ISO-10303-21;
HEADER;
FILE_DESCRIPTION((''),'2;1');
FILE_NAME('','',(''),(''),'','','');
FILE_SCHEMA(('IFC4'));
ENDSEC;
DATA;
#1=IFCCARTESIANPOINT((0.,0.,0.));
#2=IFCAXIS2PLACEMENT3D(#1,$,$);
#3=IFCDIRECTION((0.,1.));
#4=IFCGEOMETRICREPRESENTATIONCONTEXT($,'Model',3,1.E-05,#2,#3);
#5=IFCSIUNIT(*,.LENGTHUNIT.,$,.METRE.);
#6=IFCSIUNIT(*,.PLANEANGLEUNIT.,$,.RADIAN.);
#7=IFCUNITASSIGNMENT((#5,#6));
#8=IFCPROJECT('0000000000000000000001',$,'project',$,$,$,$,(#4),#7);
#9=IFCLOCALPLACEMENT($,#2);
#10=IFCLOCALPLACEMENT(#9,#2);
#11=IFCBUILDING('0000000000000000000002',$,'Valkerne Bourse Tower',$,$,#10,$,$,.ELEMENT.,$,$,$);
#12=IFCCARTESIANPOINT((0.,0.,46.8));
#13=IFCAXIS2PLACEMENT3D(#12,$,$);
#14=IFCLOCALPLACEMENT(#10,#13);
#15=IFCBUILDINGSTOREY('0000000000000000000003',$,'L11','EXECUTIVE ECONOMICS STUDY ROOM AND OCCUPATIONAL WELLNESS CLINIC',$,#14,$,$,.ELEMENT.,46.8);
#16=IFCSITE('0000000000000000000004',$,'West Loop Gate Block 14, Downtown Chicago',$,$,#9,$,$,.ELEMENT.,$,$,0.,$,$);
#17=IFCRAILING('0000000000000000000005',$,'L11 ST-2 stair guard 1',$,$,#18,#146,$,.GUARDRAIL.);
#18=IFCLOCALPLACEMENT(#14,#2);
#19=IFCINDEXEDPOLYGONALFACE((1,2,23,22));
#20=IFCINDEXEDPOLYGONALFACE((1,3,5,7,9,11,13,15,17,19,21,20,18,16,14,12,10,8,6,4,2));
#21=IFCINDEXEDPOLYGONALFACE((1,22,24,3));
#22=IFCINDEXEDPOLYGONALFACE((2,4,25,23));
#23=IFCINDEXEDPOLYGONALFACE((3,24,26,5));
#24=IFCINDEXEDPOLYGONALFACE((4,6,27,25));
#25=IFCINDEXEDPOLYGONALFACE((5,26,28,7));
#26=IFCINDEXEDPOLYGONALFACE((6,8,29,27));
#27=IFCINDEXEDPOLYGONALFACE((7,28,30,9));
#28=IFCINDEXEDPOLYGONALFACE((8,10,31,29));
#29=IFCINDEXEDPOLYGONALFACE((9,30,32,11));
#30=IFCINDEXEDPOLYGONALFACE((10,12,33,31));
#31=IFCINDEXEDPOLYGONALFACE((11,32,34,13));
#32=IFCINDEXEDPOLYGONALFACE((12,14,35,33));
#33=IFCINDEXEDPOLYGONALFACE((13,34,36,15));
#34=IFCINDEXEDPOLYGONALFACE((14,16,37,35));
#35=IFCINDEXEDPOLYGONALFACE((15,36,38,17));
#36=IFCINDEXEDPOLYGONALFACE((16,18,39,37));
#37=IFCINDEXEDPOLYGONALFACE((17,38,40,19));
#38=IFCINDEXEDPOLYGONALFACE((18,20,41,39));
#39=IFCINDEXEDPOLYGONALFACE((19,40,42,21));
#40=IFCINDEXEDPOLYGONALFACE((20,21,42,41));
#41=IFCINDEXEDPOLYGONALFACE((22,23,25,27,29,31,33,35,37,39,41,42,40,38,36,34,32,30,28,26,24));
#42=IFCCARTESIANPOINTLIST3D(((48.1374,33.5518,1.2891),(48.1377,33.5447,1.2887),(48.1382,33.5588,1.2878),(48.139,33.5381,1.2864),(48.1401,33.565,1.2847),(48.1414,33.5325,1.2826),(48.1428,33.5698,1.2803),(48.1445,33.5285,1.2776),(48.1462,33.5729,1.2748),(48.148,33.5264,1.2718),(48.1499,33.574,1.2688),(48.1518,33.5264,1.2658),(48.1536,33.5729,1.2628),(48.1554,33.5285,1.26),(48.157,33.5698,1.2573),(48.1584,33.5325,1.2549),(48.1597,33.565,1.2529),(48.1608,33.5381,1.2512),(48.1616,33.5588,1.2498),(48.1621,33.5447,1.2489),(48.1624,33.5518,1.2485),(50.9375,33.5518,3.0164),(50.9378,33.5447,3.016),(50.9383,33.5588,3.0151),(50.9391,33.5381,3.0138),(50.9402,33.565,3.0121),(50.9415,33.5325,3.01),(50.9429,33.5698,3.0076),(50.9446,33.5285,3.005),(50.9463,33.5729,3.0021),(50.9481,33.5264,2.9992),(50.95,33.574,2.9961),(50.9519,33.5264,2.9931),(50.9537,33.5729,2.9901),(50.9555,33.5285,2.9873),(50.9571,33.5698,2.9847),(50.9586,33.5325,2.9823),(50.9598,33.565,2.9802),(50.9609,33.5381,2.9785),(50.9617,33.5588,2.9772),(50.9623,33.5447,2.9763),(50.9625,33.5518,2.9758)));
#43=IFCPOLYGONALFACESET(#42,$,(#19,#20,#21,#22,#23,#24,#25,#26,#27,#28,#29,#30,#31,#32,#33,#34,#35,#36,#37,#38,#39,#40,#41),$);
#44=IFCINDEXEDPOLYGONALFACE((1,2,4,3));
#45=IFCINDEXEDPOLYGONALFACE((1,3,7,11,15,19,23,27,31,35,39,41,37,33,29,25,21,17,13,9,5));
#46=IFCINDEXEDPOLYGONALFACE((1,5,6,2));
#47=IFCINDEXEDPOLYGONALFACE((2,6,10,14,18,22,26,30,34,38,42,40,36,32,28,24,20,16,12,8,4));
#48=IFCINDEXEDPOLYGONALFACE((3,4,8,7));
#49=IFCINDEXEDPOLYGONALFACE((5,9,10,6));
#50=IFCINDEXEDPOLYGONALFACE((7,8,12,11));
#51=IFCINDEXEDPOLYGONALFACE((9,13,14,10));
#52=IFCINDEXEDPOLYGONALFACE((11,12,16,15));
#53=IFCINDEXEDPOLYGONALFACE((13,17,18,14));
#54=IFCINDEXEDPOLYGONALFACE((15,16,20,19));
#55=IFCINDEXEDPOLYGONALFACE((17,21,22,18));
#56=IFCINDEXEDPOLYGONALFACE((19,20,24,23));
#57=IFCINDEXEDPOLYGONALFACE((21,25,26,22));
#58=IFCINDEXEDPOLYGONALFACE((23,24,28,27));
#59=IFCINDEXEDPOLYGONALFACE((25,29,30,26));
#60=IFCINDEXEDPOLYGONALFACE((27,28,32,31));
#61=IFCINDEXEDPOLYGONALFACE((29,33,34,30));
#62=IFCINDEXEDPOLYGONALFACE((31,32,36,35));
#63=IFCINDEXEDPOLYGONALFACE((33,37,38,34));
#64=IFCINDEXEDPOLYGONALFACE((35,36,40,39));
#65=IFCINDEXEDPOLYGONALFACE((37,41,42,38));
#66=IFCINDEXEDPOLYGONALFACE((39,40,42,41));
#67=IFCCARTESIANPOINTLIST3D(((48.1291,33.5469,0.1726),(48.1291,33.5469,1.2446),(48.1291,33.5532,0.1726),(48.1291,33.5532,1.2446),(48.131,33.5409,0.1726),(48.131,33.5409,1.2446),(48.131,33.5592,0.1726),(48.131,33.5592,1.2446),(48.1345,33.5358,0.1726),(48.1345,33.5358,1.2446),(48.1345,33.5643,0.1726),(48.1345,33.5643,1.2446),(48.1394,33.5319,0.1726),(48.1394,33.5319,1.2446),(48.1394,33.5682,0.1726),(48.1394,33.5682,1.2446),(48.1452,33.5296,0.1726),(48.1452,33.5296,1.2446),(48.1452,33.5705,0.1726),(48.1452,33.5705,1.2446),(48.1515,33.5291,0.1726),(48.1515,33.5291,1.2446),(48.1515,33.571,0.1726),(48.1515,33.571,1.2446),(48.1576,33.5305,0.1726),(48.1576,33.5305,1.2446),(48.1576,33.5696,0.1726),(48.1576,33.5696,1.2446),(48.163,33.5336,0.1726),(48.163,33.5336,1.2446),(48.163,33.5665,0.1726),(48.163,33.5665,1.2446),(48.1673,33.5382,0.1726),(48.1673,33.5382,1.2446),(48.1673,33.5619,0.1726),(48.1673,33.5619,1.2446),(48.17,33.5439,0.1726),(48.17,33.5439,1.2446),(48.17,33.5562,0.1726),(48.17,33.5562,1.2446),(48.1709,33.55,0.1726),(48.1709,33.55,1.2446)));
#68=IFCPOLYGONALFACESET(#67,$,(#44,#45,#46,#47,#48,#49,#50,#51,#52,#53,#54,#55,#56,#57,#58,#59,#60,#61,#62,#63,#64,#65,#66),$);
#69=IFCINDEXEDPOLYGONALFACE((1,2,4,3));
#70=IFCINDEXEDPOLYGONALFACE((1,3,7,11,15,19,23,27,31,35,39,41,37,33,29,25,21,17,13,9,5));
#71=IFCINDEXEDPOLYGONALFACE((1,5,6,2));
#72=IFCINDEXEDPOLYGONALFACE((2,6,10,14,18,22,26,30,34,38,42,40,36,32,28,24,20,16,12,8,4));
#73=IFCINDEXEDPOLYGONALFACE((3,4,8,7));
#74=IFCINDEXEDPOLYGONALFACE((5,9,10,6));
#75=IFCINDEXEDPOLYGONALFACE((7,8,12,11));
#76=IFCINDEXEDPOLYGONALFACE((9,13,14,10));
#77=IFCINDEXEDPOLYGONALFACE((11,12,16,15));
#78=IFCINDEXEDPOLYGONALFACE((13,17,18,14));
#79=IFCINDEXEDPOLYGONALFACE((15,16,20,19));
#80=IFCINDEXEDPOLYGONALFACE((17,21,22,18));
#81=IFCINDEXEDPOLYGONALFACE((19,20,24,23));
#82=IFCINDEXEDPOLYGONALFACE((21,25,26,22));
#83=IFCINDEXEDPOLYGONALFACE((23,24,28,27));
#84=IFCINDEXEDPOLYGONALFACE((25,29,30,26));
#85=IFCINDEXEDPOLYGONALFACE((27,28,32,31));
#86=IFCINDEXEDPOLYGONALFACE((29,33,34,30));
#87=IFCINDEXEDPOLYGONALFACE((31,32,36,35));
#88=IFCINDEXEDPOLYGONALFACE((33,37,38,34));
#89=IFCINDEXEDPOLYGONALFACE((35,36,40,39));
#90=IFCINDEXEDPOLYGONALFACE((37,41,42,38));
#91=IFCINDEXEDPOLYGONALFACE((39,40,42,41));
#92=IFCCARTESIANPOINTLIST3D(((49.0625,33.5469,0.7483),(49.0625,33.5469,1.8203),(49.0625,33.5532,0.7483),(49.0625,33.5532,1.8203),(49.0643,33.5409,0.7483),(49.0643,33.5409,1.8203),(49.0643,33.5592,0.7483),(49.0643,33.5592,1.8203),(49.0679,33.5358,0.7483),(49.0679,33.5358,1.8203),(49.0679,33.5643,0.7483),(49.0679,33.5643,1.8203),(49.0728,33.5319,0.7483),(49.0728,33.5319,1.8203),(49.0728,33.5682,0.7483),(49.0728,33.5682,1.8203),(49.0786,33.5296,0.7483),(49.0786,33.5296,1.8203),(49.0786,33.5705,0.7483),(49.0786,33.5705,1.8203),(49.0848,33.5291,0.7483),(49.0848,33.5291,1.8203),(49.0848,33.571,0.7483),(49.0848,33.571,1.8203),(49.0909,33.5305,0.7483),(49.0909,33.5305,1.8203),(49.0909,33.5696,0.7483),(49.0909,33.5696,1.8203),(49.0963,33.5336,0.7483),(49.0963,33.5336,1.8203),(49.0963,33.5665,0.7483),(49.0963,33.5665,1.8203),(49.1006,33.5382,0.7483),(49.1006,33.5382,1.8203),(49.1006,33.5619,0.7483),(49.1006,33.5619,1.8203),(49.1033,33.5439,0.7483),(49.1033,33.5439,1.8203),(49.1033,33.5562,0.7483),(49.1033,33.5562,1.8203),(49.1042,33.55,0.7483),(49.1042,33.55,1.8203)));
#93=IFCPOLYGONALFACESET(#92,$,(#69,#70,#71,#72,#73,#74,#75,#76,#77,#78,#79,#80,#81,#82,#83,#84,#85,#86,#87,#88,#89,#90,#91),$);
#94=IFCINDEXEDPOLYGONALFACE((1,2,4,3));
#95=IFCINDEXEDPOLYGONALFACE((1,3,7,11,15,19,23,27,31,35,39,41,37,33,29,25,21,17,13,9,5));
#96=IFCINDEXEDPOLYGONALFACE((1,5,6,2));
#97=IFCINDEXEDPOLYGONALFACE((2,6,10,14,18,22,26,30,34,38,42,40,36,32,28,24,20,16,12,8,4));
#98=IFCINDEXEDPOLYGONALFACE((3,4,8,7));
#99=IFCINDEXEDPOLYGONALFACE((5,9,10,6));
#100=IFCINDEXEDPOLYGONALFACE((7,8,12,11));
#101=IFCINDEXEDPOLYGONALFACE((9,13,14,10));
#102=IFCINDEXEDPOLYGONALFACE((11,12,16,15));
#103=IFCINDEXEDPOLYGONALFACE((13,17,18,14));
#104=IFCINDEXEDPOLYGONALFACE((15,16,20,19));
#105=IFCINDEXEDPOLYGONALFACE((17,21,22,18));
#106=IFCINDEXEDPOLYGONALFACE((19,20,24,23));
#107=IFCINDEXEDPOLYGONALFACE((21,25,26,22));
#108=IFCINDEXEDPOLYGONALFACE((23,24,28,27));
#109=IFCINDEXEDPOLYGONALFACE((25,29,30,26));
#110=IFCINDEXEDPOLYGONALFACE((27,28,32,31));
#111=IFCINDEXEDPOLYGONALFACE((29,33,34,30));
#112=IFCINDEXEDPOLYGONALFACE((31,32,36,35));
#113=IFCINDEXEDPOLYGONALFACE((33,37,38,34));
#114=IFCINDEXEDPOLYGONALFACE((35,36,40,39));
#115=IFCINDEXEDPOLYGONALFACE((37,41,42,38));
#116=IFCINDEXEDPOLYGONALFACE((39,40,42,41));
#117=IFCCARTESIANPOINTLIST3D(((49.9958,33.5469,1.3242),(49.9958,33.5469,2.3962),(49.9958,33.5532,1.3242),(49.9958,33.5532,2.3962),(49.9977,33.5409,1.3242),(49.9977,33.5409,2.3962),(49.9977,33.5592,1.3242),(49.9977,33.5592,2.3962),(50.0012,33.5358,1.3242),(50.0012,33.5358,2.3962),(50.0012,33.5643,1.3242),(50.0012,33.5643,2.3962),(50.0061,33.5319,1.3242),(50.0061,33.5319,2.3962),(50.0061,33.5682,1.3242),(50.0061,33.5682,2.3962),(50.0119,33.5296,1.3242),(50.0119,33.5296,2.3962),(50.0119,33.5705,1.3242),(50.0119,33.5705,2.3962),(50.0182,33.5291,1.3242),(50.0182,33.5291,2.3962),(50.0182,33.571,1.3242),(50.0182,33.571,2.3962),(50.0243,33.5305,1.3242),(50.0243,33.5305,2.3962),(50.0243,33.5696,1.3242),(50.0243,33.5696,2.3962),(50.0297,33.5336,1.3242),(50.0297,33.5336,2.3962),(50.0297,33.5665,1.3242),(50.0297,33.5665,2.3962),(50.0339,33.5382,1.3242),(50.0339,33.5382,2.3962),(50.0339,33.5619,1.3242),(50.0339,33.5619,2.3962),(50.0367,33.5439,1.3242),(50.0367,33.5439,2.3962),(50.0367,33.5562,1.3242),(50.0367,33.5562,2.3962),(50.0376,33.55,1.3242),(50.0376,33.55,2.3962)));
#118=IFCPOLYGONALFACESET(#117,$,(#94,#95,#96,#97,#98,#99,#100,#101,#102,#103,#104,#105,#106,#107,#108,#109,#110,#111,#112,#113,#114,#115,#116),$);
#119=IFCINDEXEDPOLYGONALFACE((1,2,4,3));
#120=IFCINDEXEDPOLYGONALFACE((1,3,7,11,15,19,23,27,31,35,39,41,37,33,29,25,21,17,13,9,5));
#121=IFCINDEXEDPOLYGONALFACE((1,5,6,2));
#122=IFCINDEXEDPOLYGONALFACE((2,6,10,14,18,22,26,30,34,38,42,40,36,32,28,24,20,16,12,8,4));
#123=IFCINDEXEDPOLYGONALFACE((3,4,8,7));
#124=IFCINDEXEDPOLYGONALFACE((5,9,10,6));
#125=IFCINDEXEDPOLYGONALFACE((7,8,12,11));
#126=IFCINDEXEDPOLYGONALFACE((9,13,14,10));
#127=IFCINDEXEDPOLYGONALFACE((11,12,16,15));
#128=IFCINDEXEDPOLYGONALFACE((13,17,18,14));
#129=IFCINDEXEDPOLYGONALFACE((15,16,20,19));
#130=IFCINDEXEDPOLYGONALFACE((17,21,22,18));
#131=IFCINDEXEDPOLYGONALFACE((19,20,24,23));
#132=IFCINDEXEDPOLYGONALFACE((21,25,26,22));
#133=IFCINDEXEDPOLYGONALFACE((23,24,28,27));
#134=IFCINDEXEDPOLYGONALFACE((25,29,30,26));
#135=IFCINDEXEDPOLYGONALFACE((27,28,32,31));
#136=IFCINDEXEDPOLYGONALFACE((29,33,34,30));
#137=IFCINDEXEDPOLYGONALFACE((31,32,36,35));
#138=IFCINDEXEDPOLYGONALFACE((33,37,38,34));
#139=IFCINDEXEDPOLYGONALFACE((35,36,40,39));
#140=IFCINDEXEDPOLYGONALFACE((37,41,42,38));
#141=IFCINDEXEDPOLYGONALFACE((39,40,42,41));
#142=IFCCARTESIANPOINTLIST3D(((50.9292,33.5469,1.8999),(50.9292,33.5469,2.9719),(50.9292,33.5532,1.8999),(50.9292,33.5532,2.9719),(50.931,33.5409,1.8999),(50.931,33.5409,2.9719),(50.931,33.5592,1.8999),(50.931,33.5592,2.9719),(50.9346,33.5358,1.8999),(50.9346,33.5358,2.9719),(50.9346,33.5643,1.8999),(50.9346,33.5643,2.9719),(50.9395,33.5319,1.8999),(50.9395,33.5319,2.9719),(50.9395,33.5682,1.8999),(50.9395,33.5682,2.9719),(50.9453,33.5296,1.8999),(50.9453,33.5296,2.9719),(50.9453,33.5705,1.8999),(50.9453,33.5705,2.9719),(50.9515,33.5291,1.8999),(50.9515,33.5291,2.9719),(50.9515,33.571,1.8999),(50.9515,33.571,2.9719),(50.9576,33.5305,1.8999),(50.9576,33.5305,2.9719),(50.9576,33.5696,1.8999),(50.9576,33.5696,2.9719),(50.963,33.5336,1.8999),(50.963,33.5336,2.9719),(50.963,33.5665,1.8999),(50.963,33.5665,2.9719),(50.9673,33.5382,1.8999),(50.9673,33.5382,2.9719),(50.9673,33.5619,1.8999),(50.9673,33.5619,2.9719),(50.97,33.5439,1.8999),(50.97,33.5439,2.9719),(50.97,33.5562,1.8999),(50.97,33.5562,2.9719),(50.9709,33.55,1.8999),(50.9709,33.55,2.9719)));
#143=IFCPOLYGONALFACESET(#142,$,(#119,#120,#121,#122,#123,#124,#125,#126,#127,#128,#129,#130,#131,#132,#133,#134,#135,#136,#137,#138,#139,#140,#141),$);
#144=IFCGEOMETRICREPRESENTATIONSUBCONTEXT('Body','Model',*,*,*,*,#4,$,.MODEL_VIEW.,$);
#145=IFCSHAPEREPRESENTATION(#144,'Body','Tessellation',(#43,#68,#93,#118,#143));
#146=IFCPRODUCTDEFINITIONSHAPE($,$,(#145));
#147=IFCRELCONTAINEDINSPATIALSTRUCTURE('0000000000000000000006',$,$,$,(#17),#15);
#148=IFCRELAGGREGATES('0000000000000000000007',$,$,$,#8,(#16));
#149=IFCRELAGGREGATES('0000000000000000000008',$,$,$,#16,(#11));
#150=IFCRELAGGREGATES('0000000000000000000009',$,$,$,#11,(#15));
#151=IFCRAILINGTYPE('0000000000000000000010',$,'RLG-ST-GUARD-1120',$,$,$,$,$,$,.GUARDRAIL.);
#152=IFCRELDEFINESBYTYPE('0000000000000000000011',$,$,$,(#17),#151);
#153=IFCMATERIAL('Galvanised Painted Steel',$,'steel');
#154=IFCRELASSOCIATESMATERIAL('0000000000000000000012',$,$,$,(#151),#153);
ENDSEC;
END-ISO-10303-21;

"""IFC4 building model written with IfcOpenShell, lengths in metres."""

from ifc_helpers import new_model, si_unit, direction, frame, origin, origin_2d, place, context, subcontext, project, spatial, circle, extrude, material, type_object, element, save


model = new_model("IFC4")

# Units and contexts
model_context = context("Model", 3, precision=1e-05, world=origin(), true_north=direction((0.0, 1.0)))
body_context = subcontext(model_context, "Body", "Model", "MODEL_VIEW")
ifc_project = project(units=[si_unit("LENGTHUNIT", "METRE"), si_unit("PLANEANGLEUNIT", "RADIAN")], contexts=[model_context])

# Site, building, storey
site_placement = place(None, origin())
site = spatial("IfcSite", under=ifc_project, at=site_placement, Name="West Loop Gate Block 14, Downtown Chicago", CompositionType="ELEMENT", RefElevation=0.0)
building_placement = place(site_placement, origin())
building = spatial("IfcBuilding", under=site, at=building_placement, Name="Valkerne Bourse Tower", CompositionType="ELEMENT")
storey_placement = place(building_placement, frame((0.0, 0.0, 46.8)))
storey = spatial("IfcBuildingStorey", under=building, at=storey_placement, Name="L11", Description="EXECUTIVE ECONOMICS STUDY ROOM AND OCCUPATIONAL WELLNESS CLINIC", CompositionType="ELEMENT", Elevation=46.8)

# Shared definitions
ifc_material_1 = material(Name="Galvanised Painted Steel", Category="steel")

# Railing
railing_type_1 = type_object("IfcRailingType", Name="RLG-ST-GUARD-1120", PredefinedType="GUARDRAIL", material=ifc_material_1)
railing_1_placement = place(storey_placement, frame((48.1499, 33.55, 0.1726)))
element("IfcRailing", 1, at=railing_1_placement, inside=storey, type_object=railing_type_1, Name="L11 ST-2 stair guard 1", PredefinedType="GUARDRAIL", context=body_context, shape_type="SweptSolid", body=[
    extrude(circle(Radius=0.0239, at=origin_2d()), frame((0.0, 0.0, 1.0962), z_axis=(0.85109, 0.0, 0.52502), x_axis=(0.0, 1.0, 0.0)), (0.0, 0.0, 1.0), 3.29),
    extrude(circle(Radius=0.021, at=origin_2d()), origin(), (0.0, 0.0, 1.0), 1.072),
    extrude(circle(Radius=0.021, at=origin_2d()), frame((0.9333, 0.0, 0.5757)), (0.0, 0.0, 1.0), 1.072),
    extrude(circle(Radius=0.021, at=origin_2d()), frame((1.8667, 0.0, 1.1516)), (0.0, 0.0, 1.0), 1.072),
    extrude(circle(Radius=0.021, at=origin_2d()), frame((2.8, 0.0, 1.7273)), (0.0, 0.0, 1.0), 1.072),
])

save(model, "model.ifc")
